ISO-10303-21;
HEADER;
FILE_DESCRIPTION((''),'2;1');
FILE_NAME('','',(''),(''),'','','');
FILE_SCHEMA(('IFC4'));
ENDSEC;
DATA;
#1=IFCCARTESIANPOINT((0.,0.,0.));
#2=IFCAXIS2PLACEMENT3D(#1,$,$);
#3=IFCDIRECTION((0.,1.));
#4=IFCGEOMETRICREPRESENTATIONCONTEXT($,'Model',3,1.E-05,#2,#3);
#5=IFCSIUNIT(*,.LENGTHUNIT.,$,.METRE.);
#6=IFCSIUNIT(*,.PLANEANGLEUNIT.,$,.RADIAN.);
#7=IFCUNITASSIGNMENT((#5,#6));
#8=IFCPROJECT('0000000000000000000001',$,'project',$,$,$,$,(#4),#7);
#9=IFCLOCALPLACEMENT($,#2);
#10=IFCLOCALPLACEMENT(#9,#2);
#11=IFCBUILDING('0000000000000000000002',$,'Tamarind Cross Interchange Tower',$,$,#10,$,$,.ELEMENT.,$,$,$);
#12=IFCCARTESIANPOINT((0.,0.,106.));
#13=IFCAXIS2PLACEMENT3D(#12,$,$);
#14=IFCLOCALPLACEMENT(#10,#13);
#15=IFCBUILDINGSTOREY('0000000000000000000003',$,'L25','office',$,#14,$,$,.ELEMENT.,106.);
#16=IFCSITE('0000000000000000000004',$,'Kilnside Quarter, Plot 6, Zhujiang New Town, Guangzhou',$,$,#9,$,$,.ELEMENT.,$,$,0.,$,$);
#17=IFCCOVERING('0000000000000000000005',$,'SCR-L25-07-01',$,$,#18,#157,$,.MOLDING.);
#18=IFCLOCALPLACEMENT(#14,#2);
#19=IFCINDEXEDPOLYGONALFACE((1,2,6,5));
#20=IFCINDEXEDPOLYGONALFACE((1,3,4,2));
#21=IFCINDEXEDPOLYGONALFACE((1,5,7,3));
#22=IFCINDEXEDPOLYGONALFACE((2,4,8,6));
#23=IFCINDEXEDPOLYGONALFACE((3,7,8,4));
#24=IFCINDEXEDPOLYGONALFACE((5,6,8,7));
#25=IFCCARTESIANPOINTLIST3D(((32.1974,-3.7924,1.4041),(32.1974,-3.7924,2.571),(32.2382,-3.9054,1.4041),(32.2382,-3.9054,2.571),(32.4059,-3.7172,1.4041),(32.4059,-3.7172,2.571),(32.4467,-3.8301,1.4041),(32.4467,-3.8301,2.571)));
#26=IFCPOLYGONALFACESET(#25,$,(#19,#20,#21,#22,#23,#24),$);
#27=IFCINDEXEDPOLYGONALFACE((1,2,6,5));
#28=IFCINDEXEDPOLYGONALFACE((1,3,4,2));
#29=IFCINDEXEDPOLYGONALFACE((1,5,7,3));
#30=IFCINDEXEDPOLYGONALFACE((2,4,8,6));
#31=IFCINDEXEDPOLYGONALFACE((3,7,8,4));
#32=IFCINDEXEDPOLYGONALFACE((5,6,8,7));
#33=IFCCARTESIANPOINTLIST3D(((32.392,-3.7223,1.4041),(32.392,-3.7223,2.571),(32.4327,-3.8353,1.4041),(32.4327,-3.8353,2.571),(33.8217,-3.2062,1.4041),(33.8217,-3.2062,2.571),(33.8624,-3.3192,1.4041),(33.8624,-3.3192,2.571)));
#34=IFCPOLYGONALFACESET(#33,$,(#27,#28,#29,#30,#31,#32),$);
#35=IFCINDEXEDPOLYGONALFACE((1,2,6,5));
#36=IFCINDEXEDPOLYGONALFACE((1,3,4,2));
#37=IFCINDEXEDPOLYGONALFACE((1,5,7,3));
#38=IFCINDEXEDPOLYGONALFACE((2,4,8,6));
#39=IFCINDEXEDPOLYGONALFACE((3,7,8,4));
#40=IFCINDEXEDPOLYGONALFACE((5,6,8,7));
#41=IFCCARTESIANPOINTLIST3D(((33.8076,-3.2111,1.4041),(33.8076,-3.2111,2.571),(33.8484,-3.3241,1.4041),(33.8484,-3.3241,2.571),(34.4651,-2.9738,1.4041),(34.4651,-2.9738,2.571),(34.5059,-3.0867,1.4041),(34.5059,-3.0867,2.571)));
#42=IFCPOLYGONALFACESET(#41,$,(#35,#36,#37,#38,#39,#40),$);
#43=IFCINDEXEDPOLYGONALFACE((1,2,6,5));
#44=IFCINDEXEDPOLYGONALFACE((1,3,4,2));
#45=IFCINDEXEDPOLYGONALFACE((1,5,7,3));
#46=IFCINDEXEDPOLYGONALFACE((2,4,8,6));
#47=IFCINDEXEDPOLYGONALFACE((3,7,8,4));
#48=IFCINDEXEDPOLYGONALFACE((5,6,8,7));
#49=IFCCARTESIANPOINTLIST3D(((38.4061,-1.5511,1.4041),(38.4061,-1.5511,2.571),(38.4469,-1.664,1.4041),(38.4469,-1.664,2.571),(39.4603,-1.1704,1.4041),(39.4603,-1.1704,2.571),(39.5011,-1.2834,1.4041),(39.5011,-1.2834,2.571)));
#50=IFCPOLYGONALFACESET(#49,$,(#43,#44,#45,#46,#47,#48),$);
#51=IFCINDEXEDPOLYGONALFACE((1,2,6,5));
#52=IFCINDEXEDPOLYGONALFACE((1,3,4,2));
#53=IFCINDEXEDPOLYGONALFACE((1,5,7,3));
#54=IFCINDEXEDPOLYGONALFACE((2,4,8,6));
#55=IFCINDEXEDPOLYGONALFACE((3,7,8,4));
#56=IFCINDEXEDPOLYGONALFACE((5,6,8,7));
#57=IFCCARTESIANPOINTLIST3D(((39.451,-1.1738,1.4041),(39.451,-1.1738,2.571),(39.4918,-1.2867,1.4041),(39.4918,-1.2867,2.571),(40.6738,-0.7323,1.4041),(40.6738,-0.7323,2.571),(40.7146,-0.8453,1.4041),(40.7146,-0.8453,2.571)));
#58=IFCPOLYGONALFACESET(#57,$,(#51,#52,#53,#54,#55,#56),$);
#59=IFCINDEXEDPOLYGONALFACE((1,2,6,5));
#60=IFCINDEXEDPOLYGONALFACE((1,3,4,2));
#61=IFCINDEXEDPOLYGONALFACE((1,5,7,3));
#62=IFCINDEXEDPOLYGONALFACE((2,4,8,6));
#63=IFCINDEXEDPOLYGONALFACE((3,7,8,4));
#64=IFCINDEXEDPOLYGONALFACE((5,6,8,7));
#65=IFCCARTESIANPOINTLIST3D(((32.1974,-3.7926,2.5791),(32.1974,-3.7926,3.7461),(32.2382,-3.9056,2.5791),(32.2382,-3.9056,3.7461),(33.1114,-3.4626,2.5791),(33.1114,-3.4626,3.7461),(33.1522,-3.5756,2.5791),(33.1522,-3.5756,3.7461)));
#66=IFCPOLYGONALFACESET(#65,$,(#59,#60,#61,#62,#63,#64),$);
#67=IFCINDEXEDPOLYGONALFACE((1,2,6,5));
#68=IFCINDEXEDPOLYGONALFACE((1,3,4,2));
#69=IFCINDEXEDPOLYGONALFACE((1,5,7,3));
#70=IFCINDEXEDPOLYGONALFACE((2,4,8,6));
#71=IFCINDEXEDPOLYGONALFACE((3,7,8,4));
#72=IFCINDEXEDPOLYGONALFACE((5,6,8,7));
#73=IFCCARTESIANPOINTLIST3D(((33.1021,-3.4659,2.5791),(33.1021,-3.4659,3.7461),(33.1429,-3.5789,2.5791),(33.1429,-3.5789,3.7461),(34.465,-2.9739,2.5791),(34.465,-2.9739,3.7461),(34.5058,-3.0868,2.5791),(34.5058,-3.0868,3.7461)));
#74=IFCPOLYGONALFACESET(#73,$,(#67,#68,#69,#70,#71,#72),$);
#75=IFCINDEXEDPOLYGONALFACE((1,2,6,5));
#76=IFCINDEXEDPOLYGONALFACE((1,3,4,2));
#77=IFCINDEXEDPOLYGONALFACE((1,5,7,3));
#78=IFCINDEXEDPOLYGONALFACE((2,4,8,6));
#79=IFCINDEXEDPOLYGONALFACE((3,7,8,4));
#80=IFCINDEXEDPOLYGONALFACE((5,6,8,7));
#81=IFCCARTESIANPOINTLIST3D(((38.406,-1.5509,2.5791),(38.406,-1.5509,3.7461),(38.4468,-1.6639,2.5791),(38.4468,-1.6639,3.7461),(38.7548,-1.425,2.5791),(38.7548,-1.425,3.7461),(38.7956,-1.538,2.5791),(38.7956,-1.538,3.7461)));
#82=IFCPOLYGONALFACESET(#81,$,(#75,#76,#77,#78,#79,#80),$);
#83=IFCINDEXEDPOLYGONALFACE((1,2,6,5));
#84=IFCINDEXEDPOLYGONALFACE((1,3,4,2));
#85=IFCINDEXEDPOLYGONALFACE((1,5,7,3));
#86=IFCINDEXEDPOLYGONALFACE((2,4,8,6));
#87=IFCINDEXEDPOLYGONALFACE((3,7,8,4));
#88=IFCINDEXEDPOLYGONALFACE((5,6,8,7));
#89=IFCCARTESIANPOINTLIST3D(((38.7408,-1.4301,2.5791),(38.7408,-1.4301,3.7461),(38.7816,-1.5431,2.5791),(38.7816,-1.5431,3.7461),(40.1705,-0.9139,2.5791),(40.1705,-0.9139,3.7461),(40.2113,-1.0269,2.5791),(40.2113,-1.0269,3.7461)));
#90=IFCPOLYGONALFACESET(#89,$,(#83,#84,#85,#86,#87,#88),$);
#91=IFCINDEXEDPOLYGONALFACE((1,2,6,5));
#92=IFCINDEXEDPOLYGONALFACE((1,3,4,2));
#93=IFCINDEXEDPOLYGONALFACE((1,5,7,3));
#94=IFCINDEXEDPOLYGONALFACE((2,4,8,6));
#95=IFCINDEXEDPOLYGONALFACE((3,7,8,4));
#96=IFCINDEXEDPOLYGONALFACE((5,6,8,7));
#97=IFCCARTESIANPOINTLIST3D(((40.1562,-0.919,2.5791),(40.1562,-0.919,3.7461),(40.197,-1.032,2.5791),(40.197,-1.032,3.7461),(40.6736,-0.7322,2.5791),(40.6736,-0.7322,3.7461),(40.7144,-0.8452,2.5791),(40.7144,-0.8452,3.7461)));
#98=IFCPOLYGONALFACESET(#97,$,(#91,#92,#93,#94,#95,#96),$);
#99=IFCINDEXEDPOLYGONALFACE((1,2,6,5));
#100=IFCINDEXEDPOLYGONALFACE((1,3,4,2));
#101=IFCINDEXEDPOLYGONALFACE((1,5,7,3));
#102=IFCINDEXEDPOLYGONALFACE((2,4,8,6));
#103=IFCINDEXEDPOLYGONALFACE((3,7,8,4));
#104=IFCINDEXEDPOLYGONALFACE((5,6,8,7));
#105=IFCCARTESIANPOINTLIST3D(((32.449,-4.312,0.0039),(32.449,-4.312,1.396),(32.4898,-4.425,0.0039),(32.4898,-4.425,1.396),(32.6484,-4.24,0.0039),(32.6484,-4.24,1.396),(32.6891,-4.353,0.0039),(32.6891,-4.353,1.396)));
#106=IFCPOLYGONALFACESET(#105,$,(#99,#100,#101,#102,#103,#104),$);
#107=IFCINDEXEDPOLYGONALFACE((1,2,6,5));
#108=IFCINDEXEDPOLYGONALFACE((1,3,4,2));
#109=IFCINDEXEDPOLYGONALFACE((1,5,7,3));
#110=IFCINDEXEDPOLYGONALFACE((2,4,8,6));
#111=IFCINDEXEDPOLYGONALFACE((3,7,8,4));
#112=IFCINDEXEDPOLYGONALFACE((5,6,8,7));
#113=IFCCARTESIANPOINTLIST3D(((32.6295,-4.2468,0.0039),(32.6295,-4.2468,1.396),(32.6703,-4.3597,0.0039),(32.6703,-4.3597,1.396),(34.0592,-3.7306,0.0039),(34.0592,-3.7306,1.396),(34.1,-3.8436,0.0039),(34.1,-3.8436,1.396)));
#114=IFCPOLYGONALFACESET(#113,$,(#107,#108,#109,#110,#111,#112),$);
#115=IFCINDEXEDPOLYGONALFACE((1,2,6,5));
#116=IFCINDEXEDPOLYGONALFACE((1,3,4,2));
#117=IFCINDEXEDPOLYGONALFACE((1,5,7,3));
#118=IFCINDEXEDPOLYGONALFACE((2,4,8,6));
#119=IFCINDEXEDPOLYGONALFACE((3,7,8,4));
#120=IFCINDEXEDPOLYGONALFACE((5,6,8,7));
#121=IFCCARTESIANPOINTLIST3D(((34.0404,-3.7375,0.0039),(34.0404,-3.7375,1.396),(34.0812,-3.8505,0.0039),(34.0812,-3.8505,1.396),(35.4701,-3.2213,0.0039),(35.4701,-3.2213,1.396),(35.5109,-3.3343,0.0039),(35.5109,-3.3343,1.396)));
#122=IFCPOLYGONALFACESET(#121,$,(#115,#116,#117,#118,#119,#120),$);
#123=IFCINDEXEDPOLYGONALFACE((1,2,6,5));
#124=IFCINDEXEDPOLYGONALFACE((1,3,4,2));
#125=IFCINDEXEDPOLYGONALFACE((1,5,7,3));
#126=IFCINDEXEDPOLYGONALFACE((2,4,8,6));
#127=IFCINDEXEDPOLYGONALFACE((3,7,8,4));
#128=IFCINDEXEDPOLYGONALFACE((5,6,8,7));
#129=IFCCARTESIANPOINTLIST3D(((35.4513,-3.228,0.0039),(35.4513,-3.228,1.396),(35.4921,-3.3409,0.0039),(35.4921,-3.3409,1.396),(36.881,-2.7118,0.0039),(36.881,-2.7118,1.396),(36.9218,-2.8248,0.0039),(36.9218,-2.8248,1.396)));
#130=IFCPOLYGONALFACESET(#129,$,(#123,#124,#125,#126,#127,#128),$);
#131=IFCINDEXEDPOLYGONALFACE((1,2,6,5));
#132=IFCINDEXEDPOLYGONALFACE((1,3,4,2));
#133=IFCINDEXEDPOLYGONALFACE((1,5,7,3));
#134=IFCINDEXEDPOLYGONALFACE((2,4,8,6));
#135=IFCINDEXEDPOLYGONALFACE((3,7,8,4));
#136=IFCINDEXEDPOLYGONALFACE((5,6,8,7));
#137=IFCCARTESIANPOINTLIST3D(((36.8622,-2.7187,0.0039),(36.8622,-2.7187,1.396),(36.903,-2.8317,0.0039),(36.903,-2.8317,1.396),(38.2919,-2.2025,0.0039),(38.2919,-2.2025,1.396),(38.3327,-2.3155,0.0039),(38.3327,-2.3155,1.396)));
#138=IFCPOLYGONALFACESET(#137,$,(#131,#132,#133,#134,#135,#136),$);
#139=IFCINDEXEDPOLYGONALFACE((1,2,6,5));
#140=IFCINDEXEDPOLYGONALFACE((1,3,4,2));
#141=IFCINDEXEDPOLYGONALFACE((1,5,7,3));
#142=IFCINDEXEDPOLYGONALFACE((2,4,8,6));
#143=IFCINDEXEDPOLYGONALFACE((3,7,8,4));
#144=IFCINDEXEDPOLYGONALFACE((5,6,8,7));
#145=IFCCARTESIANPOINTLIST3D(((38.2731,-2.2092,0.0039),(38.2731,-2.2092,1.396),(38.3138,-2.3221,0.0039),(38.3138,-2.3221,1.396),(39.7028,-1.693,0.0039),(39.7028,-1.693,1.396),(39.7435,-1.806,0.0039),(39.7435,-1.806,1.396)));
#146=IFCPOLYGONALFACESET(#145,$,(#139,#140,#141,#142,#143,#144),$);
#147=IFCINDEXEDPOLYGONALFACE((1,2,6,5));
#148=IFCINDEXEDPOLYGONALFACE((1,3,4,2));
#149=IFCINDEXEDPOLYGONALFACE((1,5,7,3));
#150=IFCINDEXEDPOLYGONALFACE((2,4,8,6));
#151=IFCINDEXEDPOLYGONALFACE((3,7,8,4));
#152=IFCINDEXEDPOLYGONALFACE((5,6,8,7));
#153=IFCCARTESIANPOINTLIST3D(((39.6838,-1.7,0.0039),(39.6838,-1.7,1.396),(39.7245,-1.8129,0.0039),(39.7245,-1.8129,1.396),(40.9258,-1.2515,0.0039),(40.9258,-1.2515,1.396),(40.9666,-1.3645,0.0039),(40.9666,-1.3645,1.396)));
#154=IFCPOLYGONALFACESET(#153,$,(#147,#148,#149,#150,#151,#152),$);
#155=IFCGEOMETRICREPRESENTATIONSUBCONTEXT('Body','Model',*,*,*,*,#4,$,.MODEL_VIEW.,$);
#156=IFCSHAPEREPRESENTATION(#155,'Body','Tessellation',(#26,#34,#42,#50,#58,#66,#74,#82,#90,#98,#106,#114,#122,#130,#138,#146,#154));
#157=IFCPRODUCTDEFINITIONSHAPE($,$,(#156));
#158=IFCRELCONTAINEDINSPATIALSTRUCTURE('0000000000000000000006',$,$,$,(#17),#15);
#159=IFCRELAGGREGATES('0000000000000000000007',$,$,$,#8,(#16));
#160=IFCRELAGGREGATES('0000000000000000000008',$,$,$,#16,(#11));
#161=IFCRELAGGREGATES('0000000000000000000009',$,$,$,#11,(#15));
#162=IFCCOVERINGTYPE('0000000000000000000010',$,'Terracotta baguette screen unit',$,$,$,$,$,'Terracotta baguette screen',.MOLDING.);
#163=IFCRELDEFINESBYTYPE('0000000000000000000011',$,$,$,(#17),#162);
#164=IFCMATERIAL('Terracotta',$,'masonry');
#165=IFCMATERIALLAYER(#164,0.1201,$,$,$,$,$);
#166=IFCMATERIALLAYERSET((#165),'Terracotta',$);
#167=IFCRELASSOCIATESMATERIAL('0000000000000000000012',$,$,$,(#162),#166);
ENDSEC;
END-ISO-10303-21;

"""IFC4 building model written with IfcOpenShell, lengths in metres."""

from ifc_helpers import new_model, si_unit, direction, frame, origin, origin_2d, place, context, subcontext, project, spatial, rectangle, extrude, material, layer, layer_set, type_object, element, save


model = new_model("IFC4")

# Units and contexts
model_context = context("Model", 3, precision=1e-05, world=origin(), true_north=direction((0.0, 1.0)))
body_context = subcontext(model_context, "Body", "Model", "MODEL_VIEW")
ifc_project = project(units=[si_unit("LENGTHUNIT", "METRE"), si_unit("PLANEANGLEUNIT", "RADIAN")], contexts=[model_context])

# Site, building, storey
site_placement = place(None, origin())
site = spatial("IfcSite", under=ifc_project, at=site_placement, Name="Kilnside Quarter, Plot 6, Zhujiang New Town, Guangzhou", CompositionType="ELEMENT", RefElevation=0.0)
building_placement = place(site_placement, origin())
building = spatial("IfcBuilding", under=site, at=building_placement, Name="Tamarind Cross Interchange Tower", CompositionType="ELEMENT")
storey_placement = place(building_placement, frame((0.0, 0.0, 106.0)))
storey = spatial("IfcBuildingStorey", under=building, at=storey_placement, Name="L25", Description="office", CompositionType="ELEMENT", Elevation=106.0)

# Covering
ifc_material_1 = material(Name="Terracotta", Category="masonry")
ifc_layer_1 = layer(ifc_material_1, 0.1201)
ifc_layer_set_1 = layer_set([ifc_layer_1], Name="Terracotta")
covering_type = type_object("IfcCoveringType", Name="Terracotta baguette screen unit", ElementType="Terracotta baguette screen", PredefinedType="MOLDING", material=ifc_layer_set_1)
covering_1_placement = place(storey_placement, origin())
element("IfcCovering", 1, at=covering_1_placement, inside=storey, type_object=covering_type, Name="SCR-L25-07-01", PredefinedType="MOLDING", context=body_context, shape_type="SweptSolid", body=[
    extrude(rectangle(XDim=0.2217, YDim=0.1201, at=origin_2d()), frame((32.322, -3.8113, 1.4041), z_axis=(0.0, 0.0, 1.0), x_axis=(0.940578, 0.339579, 0.0)), (0.0, 0.0, 1.0), 1.167),
    extrude(rectangle(XDim=1.52, YDim=0.1201, at=origin_2d()), frame((33.1272, -3.5208, 1.4041), z_axis=(0.0, 0.0, 1.0), x_axis=(0.940578, 0.339579, 0.0)), (0.0, 0.0, 1.0), 1.167),
    extrude(rectangle(XDim=0.699, YDim=0.1201, at=origin_2d()), frame((34.1567, -3.1489, 1.4041), z_axis=(0.0, 0.0, 1.0), x_axis=(0.940578, 0.339579, 0.0)), (0.0, 0.0, 1.0), 1.167),
    extrude(rectangle(XDim=1.1208, YDim=0.1201, at=origin_2d()), frame((38.9536, -1.4172, 1.4041), z_axis=(0.0, 0.0, 1.0), x_axis=(0.940578, 0.339579, 0.0)), (0.0, 0.0, 1.0), 1.167),
    extrude(rectangle(XDim=1.3, YDim=0.1201, at=origin_2d()), frame((40.0828, -1.0095, 1.4041), z_axis=(0.0, 0.0, 1.0), x_axis=(0.940578, 0.339579, 0.0)), (0.0, 0.0, 1.0), 1.167),
    extrude(rectangle(XDim=0.9717, YDim=0.1201, at=origin_2d()), frame((32.6748, -3.6841, 2.5791), z_axis=(0.0, 0.0, 1.0), x_axis=(0.940578, 0.339579, 0.0)), (0.0, 0.0, 1.0), 1.167),
    extrude(rectangle(XDim=1.449, YDim=0.1201, at=origin_2d()), frame((33.804, -3.2764, 2.5791), z_axis=(0.0, 0.0, 1.0), x_axis=(0.940578, 0.339579, 0.0)), (0.0, 0.0, 1.0), 1.167),
    extrude(rectangle(XDim=0.3708, YDim=0.1201, at=origin_2d()), frame((38.6008, -1.5444, 2.5791), z_axis=(0.0, 0.0, 1.0), x_axis=(0.940578, 0.339579, 0.0)), (0.0, 0.0, 1.0), 1.167),
    extrude(rectangle(XDim=1.52, YDim=0.1201, at=origin_2d()), frame((39.4761, -1.2285, 2.5791), z_axis=(0.0, 0.0, 1.0), x_axis=(0.940578, 0.339579, 0.0)), (0.0, 0.0, 1.0), 1.167),
    extrude(rectangle(XDim=0.55, YDim=0.1201, at=origin_2d()), frame((40.4353, -0.8821, 2.5791), z_axis=(0.0, 0.0, 1.0), x_axis=(0.940578, 0.339579, 0.0)), (0.0, 0.0, 1.0), 1.167),
    extrude(rectangle(XDim=0.2119, YDim=0.1201, at=origin_2d()), frame((32.5691, -4.3325, 0.0039), z_axis=(0.0, 0.0, 1.0), x_axis=(0.940578, 0.339579, 0.0)), (0.0, 0.0, 1.0), 1.3921),
    extrude(rectangle(XDim=1.52, YDim=0.1201, at=origin_2d()), frame((33.3647, -4.0452, 0.0039), z_axis=(0.0, 0.0, 1.0), x_axis=(0.940578, 0.339579, 0.0)), (0.0, 0.0, 1.0), 1.3921),
    extrude(rectangle(XDim=1.52, YDim=0.1201, at=origin_2d()), frame((34.7756, -3.5359, 0.0039), z_axis=(0.0, 0.0, 1.0), x_axis=(0.940578, 0.339579, 0.0)), (0.0, 0.0, 1.0), 1.3921),
    extrude(rectangle(XDim=1.52, YDim=0.1201, at=origin_2d()), frame((36.1865, -3.0264, 0.0039), z_axis=(0.0, 0.0, 1.0), x_axis=(0.940578, 0.339579, 0.0)), (0.0, 0.0, 1.0), 1.3921),
    extrude(rectangle(XDim=1.52, YDim=0.1201, at=origin_2d()), frame((37.5974, -2.5171, 0.0039), z_axis=(0.0, 0.0, 1.0), x_axis=(0.940578, 0.339579, 0.0)), (0.0, 0.0, 1.0), 1.3921),
    extrude(rectangle(XDim=1.52, YDim=0.1201, at=origin_2d()), frame((39.0083, -2.0076, 0.0039), z_axis=(0.0, 0.0, 1.0), x_axis=(0.940578, 0.339579, 0.0)), (0.0, 0.0, 1.0), 1.3921),
    extrude(rectangle(XDim=1.3206, YDim=0.1201, at=origin_2d()), frame((40.3252, -1.5322, 0.0039), z_axis=(0.0, 0.0, 1.0), x_axis=(0.940578, 0.339579, 0.0)), (0.0, 0.0, 1.0), 1.3921),
])

save(model, "model.ifc")
